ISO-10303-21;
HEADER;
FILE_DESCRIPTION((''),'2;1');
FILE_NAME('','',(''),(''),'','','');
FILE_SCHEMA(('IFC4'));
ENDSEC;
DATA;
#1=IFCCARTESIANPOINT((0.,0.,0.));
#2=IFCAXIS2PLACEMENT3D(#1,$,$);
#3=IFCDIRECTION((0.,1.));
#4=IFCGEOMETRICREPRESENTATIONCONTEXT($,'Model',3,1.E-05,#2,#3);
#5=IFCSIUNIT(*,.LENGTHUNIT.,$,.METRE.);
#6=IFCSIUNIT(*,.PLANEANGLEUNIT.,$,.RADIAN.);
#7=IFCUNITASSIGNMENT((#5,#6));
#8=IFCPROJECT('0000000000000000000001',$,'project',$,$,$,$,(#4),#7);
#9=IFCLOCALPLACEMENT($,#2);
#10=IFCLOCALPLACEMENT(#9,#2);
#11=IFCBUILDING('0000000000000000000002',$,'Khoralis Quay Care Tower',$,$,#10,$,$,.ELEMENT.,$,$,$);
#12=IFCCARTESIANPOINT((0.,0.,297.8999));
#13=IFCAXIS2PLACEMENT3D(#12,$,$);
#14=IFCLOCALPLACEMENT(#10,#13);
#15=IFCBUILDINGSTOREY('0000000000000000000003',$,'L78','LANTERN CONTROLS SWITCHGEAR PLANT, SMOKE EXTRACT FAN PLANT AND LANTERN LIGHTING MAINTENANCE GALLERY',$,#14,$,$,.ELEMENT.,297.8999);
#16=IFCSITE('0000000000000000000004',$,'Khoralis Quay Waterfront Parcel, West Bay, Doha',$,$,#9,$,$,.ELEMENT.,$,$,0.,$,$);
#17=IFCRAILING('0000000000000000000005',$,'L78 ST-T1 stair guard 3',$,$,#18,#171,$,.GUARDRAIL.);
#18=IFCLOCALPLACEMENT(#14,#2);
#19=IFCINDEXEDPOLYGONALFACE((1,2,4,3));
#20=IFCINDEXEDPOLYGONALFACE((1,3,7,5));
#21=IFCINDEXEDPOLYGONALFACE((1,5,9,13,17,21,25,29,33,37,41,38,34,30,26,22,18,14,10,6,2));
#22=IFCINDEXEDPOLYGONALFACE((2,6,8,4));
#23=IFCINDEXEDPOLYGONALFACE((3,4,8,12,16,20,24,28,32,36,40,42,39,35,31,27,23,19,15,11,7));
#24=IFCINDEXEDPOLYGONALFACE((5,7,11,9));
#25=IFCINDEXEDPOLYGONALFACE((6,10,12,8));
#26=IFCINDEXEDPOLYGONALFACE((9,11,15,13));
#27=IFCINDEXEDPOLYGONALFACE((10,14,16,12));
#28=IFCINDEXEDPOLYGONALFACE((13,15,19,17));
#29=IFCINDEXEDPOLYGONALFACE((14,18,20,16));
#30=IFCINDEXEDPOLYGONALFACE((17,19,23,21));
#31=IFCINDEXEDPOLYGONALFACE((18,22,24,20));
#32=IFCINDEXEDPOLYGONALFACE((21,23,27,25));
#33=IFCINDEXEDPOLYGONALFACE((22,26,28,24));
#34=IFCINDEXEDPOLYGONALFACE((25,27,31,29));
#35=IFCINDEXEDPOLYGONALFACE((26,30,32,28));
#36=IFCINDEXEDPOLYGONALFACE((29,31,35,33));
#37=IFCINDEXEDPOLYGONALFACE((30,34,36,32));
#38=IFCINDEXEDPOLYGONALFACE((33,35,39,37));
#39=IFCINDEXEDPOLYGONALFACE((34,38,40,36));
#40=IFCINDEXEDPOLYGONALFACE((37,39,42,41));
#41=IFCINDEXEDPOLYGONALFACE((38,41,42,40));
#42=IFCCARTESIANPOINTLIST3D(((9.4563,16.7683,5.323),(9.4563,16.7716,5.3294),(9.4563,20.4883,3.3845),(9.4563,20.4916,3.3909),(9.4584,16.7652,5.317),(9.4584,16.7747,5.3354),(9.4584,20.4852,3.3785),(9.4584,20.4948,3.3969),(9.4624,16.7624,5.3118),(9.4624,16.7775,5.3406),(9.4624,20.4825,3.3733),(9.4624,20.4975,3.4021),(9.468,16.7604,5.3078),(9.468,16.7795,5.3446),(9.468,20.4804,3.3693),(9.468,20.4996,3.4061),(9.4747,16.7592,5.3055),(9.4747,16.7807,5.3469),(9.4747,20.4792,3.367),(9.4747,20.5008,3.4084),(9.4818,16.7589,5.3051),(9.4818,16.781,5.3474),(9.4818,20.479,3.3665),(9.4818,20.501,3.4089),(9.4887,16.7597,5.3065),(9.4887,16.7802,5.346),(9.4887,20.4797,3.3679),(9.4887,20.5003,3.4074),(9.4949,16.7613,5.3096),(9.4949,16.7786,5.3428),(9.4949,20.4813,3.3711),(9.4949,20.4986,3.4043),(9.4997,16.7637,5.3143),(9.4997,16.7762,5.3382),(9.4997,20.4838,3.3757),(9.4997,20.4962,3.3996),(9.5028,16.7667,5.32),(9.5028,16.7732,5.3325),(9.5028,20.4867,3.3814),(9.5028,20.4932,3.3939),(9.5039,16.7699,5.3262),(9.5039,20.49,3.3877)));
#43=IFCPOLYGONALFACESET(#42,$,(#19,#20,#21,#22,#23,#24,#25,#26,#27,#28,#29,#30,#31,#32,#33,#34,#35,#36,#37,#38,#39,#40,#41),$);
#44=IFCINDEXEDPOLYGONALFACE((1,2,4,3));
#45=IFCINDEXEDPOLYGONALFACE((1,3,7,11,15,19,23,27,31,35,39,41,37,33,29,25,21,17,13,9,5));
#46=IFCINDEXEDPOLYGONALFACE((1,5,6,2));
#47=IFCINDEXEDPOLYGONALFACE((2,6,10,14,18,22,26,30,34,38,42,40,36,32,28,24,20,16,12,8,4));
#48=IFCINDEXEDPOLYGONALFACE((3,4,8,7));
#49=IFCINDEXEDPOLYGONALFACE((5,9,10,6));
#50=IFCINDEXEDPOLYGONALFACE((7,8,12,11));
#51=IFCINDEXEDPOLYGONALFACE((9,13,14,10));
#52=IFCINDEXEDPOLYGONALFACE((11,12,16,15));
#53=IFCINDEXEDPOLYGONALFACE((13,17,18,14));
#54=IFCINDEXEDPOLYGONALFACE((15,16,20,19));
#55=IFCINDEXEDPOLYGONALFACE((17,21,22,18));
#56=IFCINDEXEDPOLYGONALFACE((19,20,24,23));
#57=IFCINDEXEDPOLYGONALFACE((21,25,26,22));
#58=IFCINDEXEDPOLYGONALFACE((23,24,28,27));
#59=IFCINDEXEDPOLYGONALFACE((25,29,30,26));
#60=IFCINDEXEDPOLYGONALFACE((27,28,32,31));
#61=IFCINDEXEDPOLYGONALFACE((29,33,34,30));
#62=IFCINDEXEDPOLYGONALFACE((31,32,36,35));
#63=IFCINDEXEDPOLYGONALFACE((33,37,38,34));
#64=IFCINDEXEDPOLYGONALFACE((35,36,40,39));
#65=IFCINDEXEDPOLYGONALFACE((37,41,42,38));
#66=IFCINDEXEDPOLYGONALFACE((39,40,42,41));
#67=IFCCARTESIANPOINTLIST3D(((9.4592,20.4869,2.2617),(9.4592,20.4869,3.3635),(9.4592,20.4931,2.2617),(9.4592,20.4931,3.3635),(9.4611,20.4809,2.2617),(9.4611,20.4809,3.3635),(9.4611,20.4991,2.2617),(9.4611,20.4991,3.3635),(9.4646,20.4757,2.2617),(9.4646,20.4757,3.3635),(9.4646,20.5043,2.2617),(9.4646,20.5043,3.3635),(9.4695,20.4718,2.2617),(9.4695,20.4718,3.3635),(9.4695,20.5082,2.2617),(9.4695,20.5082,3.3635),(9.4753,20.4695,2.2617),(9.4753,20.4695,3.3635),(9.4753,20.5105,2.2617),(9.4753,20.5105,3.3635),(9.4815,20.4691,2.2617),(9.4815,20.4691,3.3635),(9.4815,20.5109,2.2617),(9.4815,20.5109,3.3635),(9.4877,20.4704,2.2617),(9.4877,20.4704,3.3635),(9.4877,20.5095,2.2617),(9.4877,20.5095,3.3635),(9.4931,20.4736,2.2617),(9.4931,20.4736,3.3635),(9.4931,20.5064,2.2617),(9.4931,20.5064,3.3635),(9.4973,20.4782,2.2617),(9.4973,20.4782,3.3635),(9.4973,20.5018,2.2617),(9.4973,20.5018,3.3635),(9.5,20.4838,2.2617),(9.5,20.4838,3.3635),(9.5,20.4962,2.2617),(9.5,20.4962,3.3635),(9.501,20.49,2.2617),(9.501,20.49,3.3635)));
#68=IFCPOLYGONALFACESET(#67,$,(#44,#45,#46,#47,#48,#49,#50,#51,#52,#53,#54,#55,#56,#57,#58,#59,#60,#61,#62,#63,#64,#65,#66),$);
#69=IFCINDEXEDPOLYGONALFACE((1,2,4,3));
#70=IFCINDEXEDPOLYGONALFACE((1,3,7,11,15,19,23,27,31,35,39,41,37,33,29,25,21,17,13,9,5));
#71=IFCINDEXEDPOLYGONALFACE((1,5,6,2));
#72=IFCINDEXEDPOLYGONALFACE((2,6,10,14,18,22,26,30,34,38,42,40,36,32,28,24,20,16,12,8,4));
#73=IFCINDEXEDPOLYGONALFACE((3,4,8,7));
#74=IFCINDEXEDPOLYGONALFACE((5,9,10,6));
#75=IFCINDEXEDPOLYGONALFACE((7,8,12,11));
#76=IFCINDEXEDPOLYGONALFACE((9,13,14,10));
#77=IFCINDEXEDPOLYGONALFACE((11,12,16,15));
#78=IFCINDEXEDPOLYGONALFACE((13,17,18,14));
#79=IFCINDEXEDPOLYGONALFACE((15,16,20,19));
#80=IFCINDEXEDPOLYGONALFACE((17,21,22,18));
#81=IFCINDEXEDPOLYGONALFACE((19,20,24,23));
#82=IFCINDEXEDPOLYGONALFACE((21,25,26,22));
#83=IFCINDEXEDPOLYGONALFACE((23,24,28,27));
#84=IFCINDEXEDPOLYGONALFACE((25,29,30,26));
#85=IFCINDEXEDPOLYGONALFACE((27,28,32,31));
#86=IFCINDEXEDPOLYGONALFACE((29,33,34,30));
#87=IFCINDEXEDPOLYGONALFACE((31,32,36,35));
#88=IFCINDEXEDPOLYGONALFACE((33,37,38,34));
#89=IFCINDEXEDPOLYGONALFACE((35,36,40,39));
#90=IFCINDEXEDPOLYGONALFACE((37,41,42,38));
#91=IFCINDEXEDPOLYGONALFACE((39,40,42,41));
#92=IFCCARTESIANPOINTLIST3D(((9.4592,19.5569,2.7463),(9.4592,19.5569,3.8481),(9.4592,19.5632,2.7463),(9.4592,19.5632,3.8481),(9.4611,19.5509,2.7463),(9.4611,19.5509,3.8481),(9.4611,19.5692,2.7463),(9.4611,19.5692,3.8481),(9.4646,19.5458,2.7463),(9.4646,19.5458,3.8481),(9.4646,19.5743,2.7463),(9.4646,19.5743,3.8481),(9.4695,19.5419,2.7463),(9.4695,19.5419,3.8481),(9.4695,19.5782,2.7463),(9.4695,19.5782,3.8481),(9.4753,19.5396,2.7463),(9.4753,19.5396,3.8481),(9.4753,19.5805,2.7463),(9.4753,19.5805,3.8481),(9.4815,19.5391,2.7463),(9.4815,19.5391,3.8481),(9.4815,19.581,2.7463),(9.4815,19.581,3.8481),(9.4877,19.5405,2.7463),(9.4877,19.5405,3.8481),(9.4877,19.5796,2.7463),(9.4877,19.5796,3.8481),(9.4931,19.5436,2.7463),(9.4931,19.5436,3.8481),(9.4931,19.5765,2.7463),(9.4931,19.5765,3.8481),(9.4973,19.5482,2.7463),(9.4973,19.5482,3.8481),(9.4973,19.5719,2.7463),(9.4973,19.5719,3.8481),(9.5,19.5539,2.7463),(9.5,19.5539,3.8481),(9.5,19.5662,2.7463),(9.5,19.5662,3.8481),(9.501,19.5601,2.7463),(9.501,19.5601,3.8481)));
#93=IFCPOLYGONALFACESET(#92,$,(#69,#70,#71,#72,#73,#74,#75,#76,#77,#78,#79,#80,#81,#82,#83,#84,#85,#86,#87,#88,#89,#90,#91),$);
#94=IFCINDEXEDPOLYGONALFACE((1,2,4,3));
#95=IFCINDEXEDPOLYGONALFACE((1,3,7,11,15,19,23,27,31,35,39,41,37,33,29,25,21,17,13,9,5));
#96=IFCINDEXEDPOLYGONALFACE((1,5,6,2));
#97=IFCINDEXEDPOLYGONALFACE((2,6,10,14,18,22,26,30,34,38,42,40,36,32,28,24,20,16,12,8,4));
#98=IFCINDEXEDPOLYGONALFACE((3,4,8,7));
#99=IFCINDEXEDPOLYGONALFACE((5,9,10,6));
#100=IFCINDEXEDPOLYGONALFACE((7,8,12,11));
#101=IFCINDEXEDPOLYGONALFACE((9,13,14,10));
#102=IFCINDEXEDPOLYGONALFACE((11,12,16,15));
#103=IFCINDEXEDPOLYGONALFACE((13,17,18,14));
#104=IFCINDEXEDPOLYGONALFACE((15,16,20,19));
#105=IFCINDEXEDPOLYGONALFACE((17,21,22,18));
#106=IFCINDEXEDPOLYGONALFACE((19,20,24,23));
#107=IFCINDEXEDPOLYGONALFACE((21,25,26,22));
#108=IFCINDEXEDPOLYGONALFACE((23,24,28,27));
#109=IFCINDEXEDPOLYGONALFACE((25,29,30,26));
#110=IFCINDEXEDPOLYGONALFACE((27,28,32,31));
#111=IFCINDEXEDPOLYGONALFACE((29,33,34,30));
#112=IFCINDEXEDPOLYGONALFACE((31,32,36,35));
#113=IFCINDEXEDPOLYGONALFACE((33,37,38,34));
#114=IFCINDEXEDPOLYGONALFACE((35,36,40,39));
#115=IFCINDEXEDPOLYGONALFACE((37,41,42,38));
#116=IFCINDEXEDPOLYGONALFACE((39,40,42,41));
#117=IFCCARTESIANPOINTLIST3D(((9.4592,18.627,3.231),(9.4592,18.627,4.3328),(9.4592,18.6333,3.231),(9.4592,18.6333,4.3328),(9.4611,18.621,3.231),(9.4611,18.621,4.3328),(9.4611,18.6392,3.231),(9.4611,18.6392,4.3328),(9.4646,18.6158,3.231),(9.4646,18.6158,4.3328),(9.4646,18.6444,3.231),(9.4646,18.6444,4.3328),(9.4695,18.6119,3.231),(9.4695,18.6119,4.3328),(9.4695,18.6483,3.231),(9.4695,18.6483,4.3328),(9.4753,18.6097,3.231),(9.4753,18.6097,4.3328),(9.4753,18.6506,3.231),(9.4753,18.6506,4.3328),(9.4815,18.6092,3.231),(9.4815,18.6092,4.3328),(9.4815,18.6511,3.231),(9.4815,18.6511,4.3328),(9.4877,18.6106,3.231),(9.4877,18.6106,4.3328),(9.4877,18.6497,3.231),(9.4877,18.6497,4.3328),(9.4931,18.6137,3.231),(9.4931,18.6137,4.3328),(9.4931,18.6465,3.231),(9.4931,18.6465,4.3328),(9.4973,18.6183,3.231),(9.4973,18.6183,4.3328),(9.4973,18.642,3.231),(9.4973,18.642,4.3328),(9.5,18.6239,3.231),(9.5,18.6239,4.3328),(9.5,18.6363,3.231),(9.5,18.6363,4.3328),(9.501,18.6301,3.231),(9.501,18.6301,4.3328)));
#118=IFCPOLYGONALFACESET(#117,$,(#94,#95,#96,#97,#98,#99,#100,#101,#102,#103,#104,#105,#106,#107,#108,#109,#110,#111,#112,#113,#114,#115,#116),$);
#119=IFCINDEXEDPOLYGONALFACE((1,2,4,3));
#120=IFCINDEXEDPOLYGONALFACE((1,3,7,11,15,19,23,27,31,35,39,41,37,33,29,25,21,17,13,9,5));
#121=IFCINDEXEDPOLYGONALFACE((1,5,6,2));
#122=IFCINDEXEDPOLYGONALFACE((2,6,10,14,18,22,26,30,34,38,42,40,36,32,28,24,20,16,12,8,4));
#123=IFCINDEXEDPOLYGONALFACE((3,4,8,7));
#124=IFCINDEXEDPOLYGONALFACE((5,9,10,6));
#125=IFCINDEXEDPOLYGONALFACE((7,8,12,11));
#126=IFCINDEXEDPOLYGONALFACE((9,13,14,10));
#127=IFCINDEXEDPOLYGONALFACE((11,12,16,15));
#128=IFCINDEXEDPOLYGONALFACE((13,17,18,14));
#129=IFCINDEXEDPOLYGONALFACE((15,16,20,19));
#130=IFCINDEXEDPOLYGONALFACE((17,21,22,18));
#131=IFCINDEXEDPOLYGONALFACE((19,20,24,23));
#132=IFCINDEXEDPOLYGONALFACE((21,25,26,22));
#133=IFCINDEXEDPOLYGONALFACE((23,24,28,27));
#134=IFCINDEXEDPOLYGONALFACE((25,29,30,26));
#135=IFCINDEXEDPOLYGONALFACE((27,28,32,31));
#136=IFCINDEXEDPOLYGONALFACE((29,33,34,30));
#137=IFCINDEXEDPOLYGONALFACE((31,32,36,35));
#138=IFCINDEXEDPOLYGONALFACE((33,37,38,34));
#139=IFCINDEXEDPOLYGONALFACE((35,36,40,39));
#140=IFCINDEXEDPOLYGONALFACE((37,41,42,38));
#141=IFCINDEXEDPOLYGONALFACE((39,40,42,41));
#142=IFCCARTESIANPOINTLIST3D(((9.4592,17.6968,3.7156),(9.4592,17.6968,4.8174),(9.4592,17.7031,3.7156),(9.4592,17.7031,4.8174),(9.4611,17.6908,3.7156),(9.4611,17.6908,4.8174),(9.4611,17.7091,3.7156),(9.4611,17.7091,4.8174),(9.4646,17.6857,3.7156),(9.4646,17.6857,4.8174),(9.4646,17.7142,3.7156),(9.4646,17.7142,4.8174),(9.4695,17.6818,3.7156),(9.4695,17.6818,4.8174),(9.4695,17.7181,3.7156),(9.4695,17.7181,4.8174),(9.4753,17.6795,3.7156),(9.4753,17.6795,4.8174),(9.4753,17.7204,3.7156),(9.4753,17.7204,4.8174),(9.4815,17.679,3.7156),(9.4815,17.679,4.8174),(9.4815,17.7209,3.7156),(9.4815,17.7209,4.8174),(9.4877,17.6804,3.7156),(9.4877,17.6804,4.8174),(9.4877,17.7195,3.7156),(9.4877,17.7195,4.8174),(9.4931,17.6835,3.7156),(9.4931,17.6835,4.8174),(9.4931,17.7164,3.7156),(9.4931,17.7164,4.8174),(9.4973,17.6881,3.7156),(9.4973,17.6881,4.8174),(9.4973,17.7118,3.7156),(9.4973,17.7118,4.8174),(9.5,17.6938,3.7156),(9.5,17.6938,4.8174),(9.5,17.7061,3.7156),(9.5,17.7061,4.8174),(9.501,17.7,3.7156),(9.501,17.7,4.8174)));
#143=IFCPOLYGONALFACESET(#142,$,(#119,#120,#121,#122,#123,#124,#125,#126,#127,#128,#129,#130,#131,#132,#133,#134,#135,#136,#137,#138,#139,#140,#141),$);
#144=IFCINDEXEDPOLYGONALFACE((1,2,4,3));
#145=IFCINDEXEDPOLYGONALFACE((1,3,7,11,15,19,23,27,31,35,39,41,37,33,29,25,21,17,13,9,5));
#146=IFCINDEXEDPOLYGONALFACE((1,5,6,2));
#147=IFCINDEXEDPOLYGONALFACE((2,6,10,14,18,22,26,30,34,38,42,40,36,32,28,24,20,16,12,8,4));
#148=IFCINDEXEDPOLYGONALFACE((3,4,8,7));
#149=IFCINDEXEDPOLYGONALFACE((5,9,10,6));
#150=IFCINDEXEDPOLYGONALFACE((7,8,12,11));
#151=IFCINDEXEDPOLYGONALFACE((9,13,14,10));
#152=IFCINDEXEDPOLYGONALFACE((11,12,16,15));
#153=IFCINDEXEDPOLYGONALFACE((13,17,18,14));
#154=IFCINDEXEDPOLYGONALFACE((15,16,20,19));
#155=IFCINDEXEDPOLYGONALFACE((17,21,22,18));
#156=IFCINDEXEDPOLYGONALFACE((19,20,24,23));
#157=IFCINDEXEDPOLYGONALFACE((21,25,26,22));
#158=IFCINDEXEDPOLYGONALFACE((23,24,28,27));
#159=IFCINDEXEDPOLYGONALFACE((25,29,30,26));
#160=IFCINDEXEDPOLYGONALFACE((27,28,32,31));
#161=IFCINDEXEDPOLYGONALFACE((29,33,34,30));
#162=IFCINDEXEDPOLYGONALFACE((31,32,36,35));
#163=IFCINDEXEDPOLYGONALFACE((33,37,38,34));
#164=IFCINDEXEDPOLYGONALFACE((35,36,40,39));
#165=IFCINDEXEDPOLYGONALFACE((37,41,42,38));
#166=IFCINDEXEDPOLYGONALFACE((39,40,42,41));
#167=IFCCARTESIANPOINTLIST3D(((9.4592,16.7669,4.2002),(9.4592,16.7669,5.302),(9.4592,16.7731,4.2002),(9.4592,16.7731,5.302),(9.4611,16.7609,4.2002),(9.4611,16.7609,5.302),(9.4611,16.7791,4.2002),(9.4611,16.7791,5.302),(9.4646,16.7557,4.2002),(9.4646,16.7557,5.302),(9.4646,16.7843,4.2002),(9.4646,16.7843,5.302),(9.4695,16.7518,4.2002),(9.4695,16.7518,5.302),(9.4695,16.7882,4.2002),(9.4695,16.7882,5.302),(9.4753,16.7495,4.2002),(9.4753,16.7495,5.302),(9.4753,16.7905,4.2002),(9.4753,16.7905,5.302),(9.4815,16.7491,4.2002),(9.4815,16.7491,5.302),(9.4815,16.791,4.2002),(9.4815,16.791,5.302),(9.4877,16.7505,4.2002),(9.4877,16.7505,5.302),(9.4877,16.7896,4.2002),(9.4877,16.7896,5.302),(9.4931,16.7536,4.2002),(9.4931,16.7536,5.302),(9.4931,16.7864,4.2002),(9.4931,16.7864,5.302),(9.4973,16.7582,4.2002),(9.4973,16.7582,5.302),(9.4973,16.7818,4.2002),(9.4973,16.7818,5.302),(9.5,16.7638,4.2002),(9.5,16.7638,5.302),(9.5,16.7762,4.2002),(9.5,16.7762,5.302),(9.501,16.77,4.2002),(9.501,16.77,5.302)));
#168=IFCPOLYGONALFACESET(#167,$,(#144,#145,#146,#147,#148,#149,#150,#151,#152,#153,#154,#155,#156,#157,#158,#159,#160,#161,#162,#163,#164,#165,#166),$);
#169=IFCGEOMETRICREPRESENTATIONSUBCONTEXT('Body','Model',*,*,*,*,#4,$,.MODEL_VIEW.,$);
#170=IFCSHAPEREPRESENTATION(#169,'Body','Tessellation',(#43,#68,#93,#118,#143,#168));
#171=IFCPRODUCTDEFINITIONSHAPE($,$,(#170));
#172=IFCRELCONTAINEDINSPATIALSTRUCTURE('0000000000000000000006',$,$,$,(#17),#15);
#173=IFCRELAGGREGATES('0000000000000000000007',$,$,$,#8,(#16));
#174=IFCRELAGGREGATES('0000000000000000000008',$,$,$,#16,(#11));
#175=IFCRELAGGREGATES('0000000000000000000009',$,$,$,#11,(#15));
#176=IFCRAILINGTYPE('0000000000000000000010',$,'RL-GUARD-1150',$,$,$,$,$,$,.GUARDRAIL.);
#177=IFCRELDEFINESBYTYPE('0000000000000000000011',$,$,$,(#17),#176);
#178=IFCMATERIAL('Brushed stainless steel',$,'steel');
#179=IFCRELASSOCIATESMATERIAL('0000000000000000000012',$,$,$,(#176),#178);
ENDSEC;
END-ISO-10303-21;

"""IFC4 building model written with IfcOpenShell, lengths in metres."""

from ifc_helpers import new_model, si_unit, direction, frame, origin, origin_2d, place, context, subcontext, project, spatial, circle, extrude, material, type_object, element, save


model = new_model("IFC4")

# Units and contexts
model_context = context("Model", 3, precision=1e-05, world=origin(), true_north=direction((0.0, 1.0)))
body_context = subcontext(model_context, "Body", "Model", "MODEL_VIEW")
ifc_project = project(units=[si_unit("LENGTHUNIT", "METRE"), si_unit("PLANEANGLEUNIT", "RADIAN")], contexts=[model_context])

# Site, building, storey
site_placement = place(None, origin())
site = spatial("IfcSite", under=ifc_project, at=site_placement, Name="Khoralis Quay Waterfront Parcel, West Bay, Doha", CompositionType="ELEMENT", RefElevation=0.0)
building_placement = place(site_placement, origin())
building = spatial("IfcBuilding", under=site, at=building_placement, Name="Khoralis Quay Care Tower", CompositionType="ELEMENT")
storey_placement = place(building_placement, frame((0.0, 0.0, 297.8999)))
storey = spatial("IfcBuildingStorey", under=building, at=storey_placement, Name="L78", Description="LANTERN CONTROLS SWITCHGEAR PLANT, SMOKE EXTRACT FAN PLANT AND LANTERN LIGHTING MAINTENANCE GALLERY", CompositionType="ELEMENT", Elevation=297.8999)

# Railing
ifc_material_1 = material(Name="Brushed stainless steel", Category="steel")
railing_type_1 = type_object("IfcRailingType", Name="RL-GUARD-1150", PredefinedType="GUARDRAIL", material=ifc_material_1)
railing_1_placement = place(storey_placement, frame((9.48, 20.49, 2.2617)))
element("IfcRailing", 1, at=railing_1_placement, inside=storey, type_object=railing_type_1, Name="L78 ST-T1 stair guard 3", PredefinedType="GUARDRAIL", context=body_context, shape_type="SweptSolid", body=[
    extrude(circle(Radius=0.0239, at=origin_2d()), frame((0.0, 0.0, 1.126), z_axis=(0.0, -0.886817, 0.46212), x_axis=(1.0, 0.0, 0.0)), (0.0, 0.0, 1.0), 4.1948),
    extrude(circle(Radius=0.021, at=origin_2d()), origin(), (0.0, 0.0, 1.0), 1.1018),
    extrude(circle(Radius=0.021, at=origin_2d()), frame((0.0, -0.9299, 0.4846)), (0.0, 0.0, 1.0), 1.1018),
    extrude(circle(Radius=0.021, at=origin_2d()), frame((0.0, -1.8599, 0.9692)), (0.0, 0.0, 1.0), 1.1018),
    extrude(circle(Radius=0.021, at=origin_2d()), frame((0.0, -2.79, 1.4539)), (0.0, 0.0, 1.0), 1.1018),
    extrude(circle(Radius=0.021, at=origin_2d()), frame((0.0, -3.72, 1.9385)), (0.0, 0.0, 1.0), 1.1018),
])

save(model, "model.ifc")
